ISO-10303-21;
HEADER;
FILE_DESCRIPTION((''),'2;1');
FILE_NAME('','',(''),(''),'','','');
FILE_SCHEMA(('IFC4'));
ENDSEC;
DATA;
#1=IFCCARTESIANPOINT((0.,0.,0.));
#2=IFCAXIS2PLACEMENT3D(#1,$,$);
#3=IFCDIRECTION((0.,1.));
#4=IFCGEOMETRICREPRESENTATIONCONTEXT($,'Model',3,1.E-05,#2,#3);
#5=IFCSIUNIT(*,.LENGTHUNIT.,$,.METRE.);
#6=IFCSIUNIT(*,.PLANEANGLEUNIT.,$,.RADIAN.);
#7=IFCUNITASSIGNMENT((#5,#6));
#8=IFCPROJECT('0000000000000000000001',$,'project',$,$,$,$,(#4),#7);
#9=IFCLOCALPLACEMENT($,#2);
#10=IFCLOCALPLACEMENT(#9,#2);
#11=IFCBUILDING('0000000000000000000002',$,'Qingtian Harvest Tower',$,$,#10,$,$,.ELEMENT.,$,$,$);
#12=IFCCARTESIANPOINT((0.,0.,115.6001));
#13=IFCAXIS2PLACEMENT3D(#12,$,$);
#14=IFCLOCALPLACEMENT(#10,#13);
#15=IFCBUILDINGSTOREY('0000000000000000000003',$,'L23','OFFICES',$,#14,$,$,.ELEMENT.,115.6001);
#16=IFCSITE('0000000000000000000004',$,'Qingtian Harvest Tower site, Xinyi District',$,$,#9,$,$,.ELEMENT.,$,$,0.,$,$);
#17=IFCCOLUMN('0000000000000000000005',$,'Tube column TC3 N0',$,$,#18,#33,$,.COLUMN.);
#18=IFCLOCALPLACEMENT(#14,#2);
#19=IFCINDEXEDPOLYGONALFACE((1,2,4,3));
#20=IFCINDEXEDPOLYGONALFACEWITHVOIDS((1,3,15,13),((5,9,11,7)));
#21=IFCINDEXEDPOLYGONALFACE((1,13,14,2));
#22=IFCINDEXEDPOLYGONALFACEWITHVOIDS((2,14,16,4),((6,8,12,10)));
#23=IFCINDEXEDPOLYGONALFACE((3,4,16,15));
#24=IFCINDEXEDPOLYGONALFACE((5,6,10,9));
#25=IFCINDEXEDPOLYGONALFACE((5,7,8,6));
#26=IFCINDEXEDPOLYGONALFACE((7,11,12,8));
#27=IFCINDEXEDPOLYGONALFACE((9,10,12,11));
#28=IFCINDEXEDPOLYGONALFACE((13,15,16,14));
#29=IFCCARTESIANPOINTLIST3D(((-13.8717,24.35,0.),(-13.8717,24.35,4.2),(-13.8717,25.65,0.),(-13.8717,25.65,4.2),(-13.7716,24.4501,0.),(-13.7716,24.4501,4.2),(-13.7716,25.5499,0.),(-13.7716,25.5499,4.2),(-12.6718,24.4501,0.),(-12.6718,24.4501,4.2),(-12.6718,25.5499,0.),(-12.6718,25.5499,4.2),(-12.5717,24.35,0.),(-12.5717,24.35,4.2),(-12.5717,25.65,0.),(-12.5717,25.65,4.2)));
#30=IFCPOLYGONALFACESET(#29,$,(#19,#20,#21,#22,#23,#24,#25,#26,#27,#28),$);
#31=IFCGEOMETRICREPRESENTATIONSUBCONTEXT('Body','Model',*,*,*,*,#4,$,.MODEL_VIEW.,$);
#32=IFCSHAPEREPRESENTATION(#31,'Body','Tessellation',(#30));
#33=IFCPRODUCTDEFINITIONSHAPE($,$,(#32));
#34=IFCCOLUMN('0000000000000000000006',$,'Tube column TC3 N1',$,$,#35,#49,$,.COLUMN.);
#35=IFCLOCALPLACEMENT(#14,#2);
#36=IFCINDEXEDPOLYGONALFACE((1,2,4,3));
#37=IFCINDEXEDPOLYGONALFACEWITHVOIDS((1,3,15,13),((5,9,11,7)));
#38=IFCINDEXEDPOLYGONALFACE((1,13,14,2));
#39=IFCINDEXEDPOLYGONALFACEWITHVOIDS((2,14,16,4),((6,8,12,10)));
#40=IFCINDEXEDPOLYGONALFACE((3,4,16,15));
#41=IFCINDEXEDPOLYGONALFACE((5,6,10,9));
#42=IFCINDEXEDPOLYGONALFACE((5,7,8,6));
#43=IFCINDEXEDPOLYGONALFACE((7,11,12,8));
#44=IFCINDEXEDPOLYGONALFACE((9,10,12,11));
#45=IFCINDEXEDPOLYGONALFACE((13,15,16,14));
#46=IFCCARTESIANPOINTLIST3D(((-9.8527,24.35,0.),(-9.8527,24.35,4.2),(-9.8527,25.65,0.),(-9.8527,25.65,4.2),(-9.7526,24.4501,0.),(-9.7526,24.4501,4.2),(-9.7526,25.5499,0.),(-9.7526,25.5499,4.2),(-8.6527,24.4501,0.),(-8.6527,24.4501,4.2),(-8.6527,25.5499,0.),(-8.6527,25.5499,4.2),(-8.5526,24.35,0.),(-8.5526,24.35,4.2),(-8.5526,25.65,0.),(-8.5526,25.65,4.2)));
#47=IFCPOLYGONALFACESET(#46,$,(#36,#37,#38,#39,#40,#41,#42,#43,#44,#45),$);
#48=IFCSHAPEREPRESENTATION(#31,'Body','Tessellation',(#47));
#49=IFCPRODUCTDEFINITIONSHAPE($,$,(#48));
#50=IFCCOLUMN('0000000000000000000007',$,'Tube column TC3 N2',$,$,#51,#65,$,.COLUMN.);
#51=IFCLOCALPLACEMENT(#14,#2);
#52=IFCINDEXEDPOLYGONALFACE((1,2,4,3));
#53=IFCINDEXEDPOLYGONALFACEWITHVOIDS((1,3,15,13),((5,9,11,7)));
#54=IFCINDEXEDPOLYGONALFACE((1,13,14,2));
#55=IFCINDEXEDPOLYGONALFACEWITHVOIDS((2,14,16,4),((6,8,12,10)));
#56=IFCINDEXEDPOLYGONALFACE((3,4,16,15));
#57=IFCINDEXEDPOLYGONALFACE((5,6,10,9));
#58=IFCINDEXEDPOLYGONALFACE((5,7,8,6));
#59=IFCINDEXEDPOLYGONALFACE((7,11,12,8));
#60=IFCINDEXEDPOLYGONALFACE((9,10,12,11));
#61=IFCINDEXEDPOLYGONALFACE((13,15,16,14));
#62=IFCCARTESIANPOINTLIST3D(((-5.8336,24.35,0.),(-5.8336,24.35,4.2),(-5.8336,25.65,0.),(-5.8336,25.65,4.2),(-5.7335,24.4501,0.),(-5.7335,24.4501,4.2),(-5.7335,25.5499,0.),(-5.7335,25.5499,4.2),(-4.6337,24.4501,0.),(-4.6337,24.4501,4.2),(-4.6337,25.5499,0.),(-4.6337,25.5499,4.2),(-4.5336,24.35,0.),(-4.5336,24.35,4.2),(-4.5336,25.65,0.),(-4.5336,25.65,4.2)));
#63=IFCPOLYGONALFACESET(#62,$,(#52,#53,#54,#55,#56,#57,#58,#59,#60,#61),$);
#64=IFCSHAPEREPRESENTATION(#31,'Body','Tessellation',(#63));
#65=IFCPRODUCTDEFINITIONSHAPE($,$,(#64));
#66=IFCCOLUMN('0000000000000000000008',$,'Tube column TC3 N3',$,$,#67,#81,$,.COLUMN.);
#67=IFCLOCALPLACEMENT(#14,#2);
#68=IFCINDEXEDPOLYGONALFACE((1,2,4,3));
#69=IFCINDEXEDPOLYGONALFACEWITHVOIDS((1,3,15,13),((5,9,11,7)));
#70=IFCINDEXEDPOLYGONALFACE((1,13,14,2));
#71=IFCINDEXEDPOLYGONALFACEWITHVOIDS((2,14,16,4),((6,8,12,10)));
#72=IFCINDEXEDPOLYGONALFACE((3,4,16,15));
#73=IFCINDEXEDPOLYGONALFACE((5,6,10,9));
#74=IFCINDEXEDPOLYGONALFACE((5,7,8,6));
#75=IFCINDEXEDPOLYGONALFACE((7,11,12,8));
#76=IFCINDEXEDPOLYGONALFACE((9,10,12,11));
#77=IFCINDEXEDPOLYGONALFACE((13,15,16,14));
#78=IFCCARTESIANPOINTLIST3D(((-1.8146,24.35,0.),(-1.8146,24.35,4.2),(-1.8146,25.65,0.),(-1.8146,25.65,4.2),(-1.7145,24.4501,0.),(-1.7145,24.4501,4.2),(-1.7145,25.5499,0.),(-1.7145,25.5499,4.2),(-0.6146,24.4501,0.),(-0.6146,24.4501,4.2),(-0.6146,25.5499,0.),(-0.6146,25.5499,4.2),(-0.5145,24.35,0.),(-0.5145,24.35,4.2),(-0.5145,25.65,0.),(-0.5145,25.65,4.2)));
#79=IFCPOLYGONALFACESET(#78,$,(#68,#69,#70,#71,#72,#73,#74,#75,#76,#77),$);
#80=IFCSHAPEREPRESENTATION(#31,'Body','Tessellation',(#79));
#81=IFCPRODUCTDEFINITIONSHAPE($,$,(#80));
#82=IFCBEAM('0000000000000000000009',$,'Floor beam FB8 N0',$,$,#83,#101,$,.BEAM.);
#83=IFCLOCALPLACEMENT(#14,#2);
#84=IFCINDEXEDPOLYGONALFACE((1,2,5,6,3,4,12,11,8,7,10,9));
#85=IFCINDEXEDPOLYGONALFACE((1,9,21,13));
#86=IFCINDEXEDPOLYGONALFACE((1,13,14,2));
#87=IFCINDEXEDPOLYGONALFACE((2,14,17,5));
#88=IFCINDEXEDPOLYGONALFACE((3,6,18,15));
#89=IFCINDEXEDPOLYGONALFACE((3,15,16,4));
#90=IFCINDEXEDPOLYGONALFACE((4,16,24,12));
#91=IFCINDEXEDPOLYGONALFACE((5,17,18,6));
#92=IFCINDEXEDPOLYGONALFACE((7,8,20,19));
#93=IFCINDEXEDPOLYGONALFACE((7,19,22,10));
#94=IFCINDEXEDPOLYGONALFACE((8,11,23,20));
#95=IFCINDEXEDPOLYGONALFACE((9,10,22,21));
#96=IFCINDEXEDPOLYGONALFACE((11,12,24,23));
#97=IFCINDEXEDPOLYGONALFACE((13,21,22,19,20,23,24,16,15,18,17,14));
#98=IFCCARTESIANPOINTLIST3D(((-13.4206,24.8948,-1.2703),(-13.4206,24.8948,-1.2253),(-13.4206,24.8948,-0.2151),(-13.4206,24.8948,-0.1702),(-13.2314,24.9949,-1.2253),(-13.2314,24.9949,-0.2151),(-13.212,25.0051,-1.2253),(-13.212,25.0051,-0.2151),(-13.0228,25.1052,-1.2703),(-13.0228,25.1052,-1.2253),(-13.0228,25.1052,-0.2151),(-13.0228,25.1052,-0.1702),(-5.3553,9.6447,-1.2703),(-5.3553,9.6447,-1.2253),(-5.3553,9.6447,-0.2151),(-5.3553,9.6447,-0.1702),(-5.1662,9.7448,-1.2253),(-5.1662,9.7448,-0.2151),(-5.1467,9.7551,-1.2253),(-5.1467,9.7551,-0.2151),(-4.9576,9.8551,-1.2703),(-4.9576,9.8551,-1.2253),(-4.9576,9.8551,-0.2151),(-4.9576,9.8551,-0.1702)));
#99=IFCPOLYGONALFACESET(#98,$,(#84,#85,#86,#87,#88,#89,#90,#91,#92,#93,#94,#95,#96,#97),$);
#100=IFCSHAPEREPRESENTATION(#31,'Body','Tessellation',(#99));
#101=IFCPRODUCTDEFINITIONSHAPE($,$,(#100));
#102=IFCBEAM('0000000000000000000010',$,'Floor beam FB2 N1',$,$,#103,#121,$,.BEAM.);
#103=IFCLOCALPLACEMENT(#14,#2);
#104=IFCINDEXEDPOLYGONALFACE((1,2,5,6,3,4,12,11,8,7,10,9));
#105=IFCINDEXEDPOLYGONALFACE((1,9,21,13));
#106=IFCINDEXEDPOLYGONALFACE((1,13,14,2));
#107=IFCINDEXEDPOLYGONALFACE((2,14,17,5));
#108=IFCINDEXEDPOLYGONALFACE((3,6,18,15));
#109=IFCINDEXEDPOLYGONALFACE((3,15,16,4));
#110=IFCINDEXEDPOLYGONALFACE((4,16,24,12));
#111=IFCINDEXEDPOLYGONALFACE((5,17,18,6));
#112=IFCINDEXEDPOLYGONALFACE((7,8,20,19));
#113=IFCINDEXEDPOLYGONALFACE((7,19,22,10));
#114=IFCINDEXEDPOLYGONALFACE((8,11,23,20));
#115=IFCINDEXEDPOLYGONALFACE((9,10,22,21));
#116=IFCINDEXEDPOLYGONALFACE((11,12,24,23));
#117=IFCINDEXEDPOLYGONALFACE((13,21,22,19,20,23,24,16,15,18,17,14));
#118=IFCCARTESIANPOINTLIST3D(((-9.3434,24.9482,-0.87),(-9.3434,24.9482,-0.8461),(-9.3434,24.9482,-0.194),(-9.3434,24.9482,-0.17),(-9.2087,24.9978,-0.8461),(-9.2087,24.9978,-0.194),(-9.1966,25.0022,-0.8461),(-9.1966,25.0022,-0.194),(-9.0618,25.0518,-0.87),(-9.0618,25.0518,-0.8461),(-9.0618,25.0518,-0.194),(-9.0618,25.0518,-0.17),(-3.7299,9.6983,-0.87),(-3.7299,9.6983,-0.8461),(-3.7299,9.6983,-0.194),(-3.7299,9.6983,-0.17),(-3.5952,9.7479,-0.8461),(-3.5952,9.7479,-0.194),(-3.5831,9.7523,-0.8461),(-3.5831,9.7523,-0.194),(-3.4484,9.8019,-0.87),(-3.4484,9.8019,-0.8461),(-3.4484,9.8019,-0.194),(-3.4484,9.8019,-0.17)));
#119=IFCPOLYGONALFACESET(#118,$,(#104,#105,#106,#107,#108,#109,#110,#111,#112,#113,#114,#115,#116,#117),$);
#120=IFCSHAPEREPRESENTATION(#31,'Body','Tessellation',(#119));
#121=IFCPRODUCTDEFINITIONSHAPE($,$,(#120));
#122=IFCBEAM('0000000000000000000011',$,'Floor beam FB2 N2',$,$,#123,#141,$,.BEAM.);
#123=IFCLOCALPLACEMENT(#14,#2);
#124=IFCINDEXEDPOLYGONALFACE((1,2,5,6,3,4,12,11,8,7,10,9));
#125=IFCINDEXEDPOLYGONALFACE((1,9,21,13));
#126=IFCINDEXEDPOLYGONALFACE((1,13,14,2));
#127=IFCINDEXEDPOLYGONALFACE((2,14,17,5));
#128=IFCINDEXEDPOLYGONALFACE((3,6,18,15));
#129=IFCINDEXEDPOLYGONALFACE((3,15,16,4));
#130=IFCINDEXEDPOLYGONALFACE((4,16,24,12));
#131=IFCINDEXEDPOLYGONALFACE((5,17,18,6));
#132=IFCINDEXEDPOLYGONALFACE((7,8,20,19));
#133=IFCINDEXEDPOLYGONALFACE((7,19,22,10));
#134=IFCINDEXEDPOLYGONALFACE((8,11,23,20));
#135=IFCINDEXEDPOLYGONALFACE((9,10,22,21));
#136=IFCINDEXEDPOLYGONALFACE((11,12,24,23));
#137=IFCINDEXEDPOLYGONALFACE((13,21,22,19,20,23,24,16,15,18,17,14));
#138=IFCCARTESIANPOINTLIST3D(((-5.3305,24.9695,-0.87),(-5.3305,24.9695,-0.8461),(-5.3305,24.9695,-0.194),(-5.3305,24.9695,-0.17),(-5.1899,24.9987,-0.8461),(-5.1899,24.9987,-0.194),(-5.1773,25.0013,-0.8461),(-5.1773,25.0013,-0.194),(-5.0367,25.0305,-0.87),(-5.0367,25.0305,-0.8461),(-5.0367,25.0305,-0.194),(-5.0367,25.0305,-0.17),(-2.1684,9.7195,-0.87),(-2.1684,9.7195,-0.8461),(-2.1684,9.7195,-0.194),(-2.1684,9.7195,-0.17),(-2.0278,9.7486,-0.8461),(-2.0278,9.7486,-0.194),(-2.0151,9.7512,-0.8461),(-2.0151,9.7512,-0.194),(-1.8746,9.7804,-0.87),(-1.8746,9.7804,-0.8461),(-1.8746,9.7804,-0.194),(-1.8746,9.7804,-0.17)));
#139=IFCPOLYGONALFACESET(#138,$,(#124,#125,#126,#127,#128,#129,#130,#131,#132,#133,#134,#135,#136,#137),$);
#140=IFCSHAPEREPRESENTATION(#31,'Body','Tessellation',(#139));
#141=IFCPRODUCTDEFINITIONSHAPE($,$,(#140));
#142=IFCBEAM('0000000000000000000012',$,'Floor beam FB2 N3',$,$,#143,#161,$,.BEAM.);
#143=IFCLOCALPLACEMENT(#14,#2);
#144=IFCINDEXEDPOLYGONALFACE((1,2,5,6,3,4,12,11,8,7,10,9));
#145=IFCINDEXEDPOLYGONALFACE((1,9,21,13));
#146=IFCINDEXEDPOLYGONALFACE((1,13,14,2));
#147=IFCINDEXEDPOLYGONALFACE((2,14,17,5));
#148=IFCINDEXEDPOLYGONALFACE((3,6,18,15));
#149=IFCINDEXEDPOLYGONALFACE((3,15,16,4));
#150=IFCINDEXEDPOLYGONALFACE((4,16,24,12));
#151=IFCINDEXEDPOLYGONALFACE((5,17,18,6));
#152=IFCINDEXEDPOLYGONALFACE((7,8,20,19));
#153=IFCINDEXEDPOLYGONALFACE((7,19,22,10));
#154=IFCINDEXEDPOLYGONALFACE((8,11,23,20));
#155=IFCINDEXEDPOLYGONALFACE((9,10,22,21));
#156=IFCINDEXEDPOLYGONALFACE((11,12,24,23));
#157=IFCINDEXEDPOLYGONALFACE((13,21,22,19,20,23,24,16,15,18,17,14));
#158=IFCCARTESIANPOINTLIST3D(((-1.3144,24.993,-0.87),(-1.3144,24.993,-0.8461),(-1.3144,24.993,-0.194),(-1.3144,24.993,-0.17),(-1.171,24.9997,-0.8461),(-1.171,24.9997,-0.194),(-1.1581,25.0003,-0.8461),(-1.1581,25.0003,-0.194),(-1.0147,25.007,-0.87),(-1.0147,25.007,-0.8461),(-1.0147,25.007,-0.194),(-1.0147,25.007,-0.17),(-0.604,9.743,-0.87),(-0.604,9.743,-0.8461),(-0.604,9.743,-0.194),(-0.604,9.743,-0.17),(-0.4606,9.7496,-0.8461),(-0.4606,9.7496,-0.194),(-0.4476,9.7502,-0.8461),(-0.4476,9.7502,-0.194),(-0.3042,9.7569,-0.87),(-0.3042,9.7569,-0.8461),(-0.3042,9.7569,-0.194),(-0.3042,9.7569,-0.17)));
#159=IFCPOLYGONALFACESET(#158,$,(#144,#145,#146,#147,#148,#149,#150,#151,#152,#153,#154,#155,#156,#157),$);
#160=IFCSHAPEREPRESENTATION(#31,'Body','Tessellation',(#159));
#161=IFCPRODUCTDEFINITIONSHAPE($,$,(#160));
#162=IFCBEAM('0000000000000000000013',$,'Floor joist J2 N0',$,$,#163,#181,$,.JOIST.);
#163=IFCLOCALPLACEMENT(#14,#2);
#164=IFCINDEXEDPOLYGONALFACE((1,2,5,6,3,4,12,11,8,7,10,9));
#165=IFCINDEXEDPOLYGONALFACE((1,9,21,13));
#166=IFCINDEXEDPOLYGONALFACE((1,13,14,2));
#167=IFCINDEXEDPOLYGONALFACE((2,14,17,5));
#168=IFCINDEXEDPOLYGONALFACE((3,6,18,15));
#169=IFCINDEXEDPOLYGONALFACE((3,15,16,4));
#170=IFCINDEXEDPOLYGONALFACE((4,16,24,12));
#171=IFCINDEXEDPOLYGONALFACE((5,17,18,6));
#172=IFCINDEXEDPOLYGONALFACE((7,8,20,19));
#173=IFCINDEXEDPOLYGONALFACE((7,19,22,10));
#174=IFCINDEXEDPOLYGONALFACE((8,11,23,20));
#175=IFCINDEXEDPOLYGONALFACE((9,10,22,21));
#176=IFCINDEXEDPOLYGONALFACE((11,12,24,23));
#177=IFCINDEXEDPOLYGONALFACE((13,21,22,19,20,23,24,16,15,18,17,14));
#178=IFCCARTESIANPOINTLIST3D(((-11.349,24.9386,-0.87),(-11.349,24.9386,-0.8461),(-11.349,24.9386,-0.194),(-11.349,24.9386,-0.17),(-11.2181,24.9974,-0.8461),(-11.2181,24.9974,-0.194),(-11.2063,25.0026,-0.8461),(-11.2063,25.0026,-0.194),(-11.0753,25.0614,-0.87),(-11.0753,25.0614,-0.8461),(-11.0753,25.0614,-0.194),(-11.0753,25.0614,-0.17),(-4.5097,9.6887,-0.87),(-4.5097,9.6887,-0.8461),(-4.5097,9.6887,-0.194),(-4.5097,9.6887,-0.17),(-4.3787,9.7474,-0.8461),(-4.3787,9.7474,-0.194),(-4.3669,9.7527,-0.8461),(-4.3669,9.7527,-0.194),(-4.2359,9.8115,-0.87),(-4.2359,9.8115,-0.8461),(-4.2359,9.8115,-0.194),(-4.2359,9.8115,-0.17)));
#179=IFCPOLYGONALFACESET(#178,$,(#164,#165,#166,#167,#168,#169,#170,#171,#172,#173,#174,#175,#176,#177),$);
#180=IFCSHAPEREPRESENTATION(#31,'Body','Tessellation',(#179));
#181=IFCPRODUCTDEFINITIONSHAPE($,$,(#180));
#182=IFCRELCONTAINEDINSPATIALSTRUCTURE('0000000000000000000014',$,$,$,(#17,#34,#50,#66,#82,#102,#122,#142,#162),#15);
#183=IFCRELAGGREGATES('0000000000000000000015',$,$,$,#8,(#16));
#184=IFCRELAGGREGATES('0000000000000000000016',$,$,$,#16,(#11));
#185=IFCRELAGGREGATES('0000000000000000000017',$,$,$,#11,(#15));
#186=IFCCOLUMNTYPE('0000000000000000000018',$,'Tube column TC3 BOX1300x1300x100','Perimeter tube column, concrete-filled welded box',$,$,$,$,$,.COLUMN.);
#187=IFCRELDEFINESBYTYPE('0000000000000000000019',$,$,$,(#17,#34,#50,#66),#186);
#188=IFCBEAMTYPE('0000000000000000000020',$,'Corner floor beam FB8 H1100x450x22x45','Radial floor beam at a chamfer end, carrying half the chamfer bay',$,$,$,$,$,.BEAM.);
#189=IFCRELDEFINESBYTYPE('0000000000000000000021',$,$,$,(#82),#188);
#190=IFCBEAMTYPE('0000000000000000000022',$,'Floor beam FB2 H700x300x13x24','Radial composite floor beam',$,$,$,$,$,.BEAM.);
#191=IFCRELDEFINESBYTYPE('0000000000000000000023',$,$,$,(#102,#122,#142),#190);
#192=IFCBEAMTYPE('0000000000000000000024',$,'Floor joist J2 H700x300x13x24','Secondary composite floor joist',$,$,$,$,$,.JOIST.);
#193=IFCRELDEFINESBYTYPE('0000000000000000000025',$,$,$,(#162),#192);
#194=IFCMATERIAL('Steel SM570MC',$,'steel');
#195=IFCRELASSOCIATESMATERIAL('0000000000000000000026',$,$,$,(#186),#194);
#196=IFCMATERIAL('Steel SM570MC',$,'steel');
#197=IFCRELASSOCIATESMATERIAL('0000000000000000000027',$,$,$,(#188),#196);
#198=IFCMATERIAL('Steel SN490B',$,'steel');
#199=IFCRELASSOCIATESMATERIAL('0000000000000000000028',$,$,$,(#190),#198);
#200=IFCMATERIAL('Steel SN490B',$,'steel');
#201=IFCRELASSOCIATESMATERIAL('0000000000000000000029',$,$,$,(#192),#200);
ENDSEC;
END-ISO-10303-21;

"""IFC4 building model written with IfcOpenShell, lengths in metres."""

from ifc_helpers import new_model, si_unit, direction, frame, origin, origin_2d, place, context, subcontext, project, spatial, hollow_rectangle, i_section, extrude, material, material_profile, profile_set, type_object, element, save


model = new_model("IFC4")

# Units and contexts
model_context = context("Model", 3, precision=1e-05, world=origin(), true_north=direction((0.0, 1.0)))
body_context = subcontext(model_context, "Body", "Model", "MODEL_VIEW")
ifc_project = project(units=[si_unit("LENGTHUNIT", "METRE"), si_unit("PLANEANGLEUNIT", "RADIAN")], contexts=[model_context])

# Site, building, storey
site_placement = place(None, origin())
site = spatial("IfcSite", under=ifc_project, at=site_placement, Name="Qingtian Harvest Tower site, Xinyi District", CompositionType="ELEMENT", RefElevation=0.0)
building_placement = place(site_placement, origin())
building = spatial("IfcBuilding", under=site, at=building_placement, Name="Qingtian Harvest Tower", CompositionType="ELEMENT")
storey_placement = place(building_placement, frame((0.0, 0.0, 115.6001)))
storey = spatial("IfcBuildingStorey", under=building, at=storey_placement, Name="L23", Description="OFFICES", CompositionType="ELEMENT", Elevation=115.6001)

# Columns
ifc_material_1 = material(Name="Steel SM570MC", Category="steel")
ifc_material_profile_1 = material_profile(ifc_material_1, hollow_rectangle(XDim=1.3, YDim=1.3, WallThickness=0.1001, at=origin_2d()), Name="BOX1300x1300x100")
ifc_profile_set_1 = profile_set([ifc_material_profile_1], Name="Steel SM570MC")
column_type = type_object("IfcColumnType", Name="Tube column TC3 BOX1300x1300x100", Description="Perimeter tube column, concrete-filled welded box", PredefinedType="COLUMN", material=ifc_profile_set_1)
for number, where, z_axis, x_axis, name in (
    (1, (-13.2217, 25.0, 0.0), (0.0, 0.0, 1.0), (-1.0, 0.0, 0.0), "Tube column TC3 N0"),
    (2, (-9.2026, 25.0, 0.0), (0.0, 0.0, 1.0), (-1.0, 0.0, 0.0), "Tube column TC3 N1"),
    (3, (-5.1836, 25.0, 0.0), (0.0, 0.0, 1.0), (-1.0, 0.0, 0.0), "Tube column TC3 N2"),
    (4, (-1.1646, 25.0, 0.0), (0.0, 0.0, 1.0), (-1.0, 0.0, 0.0), "Tube column TC3 N3"),
):
    element("IfcColumn", number, at=place(storey_placement, frame(where, z_axis=z_axis, x_axis=x_axis)), inside=storey, type_object=column_type, Name=name, PredefinedType="COLUMN", context=body_context, shape_type="SweptSolid", body=[
        extrude(hollow_rectangle(XDim=1.3, YDim=1.3, WallThickness=0.1001, at=origin_2d()), origin(), (0.0, 0.0, 1.0), 4.2),
    ])

# Beams
ifc_material_2 = material(Name="Steel SM570MC", Category="steel")
ifc_material_profile_2 = material_profile(ifc_material_2, i_section(OverallWidth=0.45, OverallDepth=1.1001, WebThickness=0.022, FlangeThickness=0.0449, at=origin_2d()), Name="H1100x450x22x45")
ifc_profile_set_2 = profile_set([ifc_material_profile_2], Name="Steel SM570MC")
beam_type_1 = type_object("IfcBeamType", Name="Corner floor beam FB8 H1100x450x22x45", Description="Radial floor beam at a chamfer end, carrying half the chamfer bay", PredefinedType="BEAM", material=ifc_profile_set_2)
beam_1_placement = place(storey_placement, frame((-13.2217, 25.0, -0.7202), z_axis=(0.46751, -0.883988, 0.0), x_axis=(0.883988, 0.46751, 0.0)))
element("IfcBeam", 5, at=beam_1_placement, inside=storey, type_object=beam_type_1, Name="Floor beam FB8 N0", PredefinedType="BEAM", context=body_context, shape_type="SweptSolid", body=[
    extrude(i_section(OverallWidth=0.45, OverallDepth=1.1001, WebThickness=0.022, FlangeThickness=0.0449, at=origin_2d()), origin(), (0.0, 0.0, 1.0), 17.2515),
])
ifc_material_3 = material(Name="Steel SN490B", Category="steel")
ifc_material_profile_3 = material_profile(ifc_material_3, i_section(OverallWidth=0.3, OverallDepth=0.7, WebThickness=0.0129, FlangeThickness=0.0239, at=origin_2d()), Name="H700x300x13x24")
ifc_profile_set_3 = profile_set([ifc_material_profile_3], Name="Steel SN490B")
beam_type_2 = type_object("IfcBeamType", Name="Floor beam FB2 H700x300x13x24", Description="Radial composite floor beam", PredefinedType="BEAM", material=ifc_profile_set_3)
beam_2_placement = place(storey_placement, frame((-9.2026, 25.0, -0.52), z_axis=(0.34544, -0.938441, 0.0), x_axis=(0.938441, 0.34544, 0.0)))
element("IfcBeam", 6, at=beam_2_placement, inside=storey, type_object=beam_type_2, Name="Floor beam FB2 N1", PredefinedType="BEAM", context=body_context, shape_type="SweptSolid", body=[
    extrude(i_section(OverallWidth=0.3, OverallDepth=0.7, WebThickness=0.0129, FlangeThickness=0.0239, at=origin_2d()), origin(), (0.0, 0.0, 1.0), 16.2502),
])
beam_3_placement = place(storey_placement, frame((-5.1836, 25.0, -0.52), z_axis=(0.203033, -0.979172, 0.0), x_axis=(0.979172, 0.203033, 0.0)))
element("IfcBeam", 7, at=beam_3_placement, inside=storey, type_object=beam_type_2, Name="Floor beam FB2 N2", PredefinedType="BEAM", context=body_context, shape_type="SweptSolid", body=[
    extrude(i_section(OverallWidth=0.3, OverallDepth=0.7, WebThickness=0.0129, FlangeThickness=0.0239, at=origin_2d()), origin(), (0.0, 0.0, 1.0), 15.5745),
])
beam_4_placement = place(storey_placement, frame((-1.1646, 25.0, -0.52), z_axis=(0.046536, -0.998917, 0.0), x_axis=(0.998917, 0.046536, 0.0)))
element("IfcBeam", 8, at=beam_4_placement, inside=storey, type_object=beam_type_2, Name="Floor beam FB2 N3", PredefinedType="BEAM", context=body_context, shape_type="SweptSolid", body=[
    extrude(i_section(OverallWidth=0.3, OverallDepth=0.7, WebThickness=0.0129, FlangeThickness=0.0239, at=origin_2d()), origin(), (0.0, 0.0, 1.0), 15.2666),
])
ifc_material_4 = material(Name="Steel SN490B", Category="steel")
ifc_material_profile_4 = material_profile(ifc_material_4, i_section(OverallWidth=0.3, OverallDepth=0.7, WebThickness=0.0129, FlangeThickness=0.0239, at=origin_2d()), Name="H700x300x13x24")
ifc_profile_set_4 = profile_set([ifc_material_profile_4], Name="Steel SN490B")
beam_type_3 = type_object("IfcBeamType", Name="Floor joist J2 H700x300x13x24", Description="Secondary composite floor joist", PredefinedType="JOIST", material=ifc_profile_set_4)
beam_5_placement = place(storey_placement, frame((-11.2122, 25.0, -0.52), z_axis=(0.409213, -0.912439, 0.0), x_axis=(0.912439, 0.409213, 0.0)))
element("IfcBeam", 9, at=beam_5_placement, inside=storey, type_object=beam_type_3, Name="Floor joist J2 N0", PredefinedType="JOIST", context=body_context, shape_type="SweptSolid", body=[
    extrude(i_section(OverallWidth=0.3, OverallDepth=0.7, WebThickness=0.0129, FlangeThickness=0.0239, at=origin_2d()), origin(), (0.0, 0.0, 1.0), 16.7134),
])

save(model, "model.ifc")
